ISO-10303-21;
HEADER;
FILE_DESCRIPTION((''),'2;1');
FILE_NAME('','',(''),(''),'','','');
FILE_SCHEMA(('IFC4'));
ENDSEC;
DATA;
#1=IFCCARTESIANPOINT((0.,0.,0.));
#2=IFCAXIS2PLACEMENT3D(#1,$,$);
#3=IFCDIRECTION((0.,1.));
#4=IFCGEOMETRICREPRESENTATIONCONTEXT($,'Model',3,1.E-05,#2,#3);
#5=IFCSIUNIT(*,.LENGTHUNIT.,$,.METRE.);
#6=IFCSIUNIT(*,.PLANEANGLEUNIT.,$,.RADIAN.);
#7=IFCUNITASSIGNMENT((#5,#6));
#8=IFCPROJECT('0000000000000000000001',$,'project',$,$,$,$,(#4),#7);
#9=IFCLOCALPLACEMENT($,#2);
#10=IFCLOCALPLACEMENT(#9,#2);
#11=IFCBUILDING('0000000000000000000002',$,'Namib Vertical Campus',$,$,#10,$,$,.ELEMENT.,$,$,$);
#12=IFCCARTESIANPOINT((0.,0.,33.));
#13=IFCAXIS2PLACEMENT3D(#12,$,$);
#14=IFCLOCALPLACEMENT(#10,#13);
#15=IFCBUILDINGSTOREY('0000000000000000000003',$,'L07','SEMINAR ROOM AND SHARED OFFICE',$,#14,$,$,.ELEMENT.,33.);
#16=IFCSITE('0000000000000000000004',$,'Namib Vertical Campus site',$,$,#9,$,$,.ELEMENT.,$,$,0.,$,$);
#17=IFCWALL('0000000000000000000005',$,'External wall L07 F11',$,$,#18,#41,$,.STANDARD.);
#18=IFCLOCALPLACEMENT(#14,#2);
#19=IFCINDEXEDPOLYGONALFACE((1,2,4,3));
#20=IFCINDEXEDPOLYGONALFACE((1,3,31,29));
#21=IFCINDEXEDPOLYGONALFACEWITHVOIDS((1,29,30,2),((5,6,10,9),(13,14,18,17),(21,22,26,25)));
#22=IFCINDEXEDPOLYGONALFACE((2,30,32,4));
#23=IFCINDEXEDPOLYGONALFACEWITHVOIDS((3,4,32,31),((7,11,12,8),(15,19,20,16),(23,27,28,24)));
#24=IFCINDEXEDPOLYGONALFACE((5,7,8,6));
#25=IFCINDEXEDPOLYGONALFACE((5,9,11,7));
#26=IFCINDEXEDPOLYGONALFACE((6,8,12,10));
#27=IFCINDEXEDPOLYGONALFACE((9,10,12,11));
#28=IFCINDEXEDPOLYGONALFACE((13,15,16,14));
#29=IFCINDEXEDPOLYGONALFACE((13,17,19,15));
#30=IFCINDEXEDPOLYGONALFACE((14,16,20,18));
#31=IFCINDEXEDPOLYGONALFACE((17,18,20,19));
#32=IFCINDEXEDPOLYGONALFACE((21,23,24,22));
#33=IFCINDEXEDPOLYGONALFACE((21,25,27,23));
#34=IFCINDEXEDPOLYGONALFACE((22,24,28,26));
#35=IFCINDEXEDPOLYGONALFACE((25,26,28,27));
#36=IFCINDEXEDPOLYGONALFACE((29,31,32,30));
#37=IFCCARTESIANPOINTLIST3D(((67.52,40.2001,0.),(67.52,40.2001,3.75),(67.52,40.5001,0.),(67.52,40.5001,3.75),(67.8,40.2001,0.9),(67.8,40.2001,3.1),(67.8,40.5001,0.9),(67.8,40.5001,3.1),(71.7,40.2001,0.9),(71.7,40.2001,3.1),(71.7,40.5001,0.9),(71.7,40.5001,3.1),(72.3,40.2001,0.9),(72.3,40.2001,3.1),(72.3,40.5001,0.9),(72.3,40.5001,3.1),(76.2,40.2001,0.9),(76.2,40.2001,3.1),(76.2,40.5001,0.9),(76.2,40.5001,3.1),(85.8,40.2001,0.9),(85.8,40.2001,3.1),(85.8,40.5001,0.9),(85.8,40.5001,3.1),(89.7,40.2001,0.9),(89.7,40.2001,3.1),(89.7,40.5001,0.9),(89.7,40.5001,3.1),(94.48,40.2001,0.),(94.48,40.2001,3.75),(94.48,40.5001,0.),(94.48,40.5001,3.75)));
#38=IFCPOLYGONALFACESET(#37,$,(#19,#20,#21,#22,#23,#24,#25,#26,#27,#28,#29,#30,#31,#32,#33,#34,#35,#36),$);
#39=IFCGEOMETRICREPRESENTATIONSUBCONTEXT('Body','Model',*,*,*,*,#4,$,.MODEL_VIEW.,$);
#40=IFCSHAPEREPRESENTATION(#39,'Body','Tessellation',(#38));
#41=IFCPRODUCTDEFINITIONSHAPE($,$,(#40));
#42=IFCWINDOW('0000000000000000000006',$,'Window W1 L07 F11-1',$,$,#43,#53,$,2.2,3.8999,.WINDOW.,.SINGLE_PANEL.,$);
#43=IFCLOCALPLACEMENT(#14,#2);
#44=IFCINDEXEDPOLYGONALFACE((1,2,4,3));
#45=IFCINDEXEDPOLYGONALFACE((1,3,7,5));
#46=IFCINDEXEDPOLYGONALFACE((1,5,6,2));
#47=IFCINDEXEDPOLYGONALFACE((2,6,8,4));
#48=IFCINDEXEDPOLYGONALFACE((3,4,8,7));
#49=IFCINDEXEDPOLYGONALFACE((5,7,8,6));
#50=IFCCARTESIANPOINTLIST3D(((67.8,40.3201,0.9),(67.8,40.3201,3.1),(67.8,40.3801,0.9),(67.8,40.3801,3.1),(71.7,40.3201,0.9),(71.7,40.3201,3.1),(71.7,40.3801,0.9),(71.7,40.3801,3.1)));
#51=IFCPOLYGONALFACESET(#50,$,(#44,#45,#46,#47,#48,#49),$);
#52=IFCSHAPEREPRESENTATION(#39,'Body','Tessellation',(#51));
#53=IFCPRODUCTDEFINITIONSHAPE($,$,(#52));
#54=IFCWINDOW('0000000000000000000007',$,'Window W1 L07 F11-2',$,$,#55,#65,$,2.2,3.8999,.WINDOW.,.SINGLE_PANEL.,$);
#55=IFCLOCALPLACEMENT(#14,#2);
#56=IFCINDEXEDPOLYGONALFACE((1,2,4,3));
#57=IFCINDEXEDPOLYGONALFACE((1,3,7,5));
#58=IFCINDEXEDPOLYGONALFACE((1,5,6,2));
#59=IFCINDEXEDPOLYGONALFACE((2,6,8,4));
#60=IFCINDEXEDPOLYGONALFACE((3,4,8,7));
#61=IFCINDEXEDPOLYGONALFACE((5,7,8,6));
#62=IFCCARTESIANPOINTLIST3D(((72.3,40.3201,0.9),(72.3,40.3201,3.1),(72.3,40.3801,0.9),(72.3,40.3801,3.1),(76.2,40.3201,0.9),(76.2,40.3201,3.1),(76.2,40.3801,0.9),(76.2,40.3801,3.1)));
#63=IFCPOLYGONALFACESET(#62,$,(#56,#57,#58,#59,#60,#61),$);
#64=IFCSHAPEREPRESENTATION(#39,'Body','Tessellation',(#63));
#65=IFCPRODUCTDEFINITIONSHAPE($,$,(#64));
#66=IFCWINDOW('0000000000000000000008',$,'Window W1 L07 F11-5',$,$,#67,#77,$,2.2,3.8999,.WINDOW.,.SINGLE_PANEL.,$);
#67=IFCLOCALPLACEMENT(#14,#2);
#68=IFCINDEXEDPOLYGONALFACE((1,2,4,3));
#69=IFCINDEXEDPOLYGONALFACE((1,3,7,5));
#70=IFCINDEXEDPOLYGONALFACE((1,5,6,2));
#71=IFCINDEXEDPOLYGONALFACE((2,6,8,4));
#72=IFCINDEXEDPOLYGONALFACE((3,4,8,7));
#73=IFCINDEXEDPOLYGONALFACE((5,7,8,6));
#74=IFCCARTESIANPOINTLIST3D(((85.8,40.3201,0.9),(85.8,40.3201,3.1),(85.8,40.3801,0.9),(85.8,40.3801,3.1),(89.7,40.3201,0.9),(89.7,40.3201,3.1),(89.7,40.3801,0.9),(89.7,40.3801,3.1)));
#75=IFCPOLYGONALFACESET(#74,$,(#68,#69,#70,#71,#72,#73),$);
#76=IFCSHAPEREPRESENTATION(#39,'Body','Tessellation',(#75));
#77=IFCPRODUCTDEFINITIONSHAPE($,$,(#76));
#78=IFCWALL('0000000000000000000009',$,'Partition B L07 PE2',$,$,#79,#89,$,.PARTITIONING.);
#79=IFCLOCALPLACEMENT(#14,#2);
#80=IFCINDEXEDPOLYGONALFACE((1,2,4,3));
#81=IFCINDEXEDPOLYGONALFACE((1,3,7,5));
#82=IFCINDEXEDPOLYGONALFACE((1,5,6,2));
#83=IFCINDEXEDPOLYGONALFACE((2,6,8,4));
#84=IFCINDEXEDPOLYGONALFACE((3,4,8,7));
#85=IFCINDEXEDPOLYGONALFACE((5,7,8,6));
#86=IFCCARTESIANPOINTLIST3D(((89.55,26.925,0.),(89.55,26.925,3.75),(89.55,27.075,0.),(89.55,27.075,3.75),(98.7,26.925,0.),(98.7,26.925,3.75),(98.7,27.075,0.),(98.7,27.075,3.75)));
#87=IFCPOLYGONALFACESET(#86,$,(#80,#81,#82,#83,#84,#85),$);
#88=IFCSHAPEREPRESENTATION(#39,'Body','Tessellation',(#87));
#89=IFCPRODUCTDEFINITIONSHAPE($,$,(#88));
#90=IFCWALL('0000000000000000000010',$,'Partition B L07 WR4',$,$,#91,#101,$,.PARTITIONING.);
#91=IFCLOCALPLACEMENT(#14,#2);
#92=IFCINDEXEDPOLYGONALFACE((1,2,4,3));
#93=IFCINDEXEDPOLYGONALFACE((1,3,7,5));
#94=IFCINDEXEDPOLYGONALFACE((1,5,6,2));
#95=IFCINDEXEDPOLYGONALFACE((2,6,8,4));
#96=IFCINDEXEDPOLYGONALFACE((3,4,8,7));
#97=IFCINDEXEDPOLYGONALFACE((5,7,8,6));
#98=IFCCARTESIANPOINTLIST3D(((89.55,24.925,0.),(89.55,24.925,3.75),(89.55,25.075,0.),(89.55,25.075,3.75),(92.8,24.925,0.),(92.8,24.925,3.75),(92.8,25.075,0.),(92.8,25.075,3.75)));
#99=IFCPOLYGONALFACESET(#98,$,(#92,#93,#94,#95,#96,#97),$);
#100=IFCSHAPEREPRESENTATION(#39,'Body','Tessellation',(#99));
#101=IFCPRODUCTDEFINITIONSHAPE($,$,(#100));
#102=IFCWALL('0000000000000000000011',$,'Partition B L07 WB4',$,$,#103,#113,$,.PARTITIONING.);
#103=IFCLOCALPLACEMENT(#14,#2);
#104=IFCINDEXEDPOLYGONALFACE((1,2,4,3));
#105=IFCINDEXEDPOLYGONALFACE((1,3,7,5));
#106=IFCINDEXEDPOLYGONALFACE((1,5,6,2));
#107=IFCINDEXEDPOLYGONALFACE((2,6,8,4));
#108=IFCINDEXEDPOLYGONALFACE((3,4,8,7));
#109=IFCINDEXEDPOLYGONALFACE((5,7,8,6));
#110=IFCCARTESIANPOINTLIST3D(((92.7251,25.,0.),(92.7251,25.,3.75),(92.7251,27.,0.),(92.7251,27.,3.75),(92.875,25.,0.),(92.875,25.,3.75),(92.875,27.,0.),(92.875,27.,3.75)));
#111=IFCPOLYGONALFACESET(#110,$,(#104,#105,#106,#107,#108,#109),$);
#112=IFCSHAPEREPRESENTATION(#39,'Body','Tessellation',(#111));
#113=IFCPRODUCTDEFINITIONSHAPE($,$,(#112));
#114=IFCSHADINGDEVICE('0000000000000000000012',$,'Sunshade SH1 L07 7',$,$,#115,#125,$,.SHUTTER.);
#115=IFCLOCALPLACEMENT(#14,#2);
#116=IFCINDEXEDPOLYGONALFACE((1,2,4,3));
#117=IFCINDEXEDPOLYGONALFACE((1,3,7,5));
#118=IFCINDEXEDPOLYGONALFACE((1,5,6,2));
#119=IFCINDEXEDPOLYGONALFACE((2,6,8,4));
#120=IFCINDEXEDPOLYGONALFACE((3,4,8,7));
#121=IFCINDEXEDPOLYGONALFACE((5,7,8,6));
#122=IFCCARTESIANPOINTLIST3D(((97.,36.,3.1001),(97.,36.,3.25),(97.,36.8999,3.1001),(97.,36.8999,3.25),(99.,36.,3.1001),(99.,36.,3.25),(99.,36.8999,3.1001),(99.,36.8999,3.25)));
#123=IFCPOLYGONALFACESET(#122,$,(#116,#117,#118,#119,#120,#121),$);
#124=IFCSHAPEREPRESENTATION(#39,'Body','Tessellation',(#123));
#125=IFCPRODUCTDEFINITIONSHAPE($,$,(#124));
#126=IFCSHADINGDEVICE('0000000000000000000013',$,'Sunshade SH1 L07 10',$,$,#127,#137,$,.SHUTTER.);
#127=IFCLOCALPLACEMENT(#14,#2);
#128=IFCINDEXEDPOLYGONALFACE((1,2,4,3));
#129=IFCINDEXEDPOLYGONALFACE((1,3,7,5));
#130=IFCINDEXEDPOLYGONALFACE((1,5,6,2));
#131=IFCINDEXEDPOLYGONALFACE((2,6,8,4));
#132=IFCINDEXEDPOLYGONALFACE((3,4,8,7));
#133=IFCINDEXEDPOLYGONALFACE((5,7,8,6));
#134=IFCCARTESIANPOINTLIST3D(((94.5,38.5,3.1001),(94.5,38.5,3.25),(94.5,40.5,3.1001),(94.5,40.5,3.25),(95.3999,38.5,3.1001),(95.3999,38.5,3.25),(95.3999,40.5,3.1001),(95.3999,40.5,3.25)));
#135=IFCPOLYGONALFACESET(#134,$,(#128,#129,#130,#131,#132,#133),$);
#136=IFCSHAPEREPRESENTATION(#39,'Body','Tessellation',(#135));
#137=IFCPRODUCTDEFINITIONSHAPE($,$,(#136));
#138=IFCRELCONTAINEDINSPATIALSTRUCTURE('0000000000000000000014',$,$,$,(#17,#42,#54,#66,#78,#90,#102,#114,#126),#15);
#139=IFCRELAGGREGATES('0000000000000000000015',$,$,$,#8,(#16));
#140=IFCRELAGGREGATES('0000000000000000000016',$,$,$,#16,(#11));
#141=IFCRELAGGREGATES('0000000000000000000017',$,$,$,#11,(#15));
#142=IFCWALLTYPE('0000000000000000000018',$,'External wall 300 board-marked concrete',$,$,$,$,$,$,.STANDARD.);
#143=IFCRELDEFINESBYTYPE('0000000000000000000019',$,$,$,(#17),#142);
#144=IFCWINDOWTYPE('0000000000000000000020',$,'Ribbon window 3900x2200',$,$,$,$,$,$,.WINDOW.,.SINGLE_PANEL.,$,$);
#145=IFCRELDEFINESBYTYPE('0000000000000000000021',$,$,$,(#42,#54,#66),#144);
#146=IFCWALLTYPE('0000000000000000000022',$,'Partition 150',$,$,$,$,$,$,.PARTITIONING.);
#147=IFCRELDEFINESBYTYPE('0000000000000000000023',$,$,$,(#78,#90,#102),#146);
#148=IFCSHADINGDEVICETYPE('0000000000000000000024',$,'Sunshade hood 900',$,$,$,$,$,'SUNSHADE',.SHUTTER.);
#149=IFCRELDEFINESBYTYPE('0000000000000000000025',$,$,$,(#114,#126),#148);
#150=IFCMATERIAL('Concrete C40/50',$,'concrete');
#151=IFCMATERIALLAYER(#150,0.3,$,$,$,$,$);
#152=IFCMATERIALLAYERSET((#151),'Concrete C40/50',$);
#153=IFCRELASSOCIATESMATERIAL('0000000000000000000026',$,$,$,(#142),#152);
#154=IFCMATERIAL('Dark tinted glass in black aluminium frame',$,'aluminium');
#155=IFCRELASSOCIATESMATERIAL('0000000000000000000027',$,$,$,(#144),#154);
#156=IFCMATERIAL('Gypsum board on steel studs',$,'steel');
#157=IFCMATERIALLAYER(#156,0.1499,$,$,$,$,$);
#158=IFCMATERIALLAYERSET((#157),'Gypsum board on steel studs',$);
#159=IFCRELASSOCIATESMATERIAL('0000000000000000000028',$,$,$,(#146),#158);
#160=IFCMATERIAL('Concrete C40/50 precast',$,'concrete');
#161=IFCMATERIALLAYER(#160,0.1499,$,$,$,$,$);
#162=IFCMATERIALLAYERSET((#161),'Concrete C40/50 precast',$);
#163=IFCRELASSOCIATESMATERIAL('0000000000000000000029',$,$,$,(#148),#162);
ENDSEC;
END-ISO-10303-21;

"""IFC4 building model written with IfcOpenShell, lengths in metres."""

from ifc_helpers import new_model, si_unit, direction, frame, frame_2d, origin, origin_2d, place, context, subcontext, project, spatial, rectangle, extrude, material, layer, layer_set, type_object, element, fill, save


model = new_model("IFC4")

# Units and contexts
model_context = context("Model", 3, precision=1e-05, world=origin(), true_north=direction((0.0, 1.0)))
body_context = subcontext(model_context, "Body", "Model", "MODEL_VIEW")
ifc_project = project(units=[si_unit("LENGTHUNIT", "METRE"), si_unit("PLANEANGLEUNIT", "RADIAN")], contexts=[model_context])

# Site, building, storey
site_placement = place(None, origin())
site = spatial("IfcSite", under=ifc_project, at=site_placement, Name="Namib Vertical Campus site", CompositionType="ELEMENT", RefElevation=0.0)
building_placement = place(site_placement, origin())
building = spatial("IfcBuilding", under=site, at=building_placement, Name="Namib Vertical Campus", CompositionType="ELEMENT")
storey_placement = place(building_placement, frame((0.0, 0.0, 33.0)))
storey = spatial("IfcBuildingStorey", under=building, at=storey_placement, Name="L07", Description="SEMINAR ROOM AND SHARED OFFICE", CompositionType="ELEMENT", Elevation=33.0)

# Shared definitions
ifc_material_1 = material(Name="Concrete C40/50", Category="concrete")
ifc_layer_1 = layer(ifc_material_1, 0.3)
ifc_layer_set_1 = layer_set([ifc_layer_1], Name="Concrete C40/50")
wall_type_1 = type_object("IfcWallType", Name="External wall 300 board-marked concrete", PredefinedType="STANDARD", material=ifc_layer_set_1)

# Wall, openings, windows
wall_1_placement = place(storey_placement, frame((94.48, 40.3501, 0.0), z_axis=(0.0, 0.0, 1.0), x_axis=(-1.0, 0.0, 0.0)))
wall_1 = element("IfcWall", 1, at=wall_1_placement, inside=storey, type_object=wall_type_1, Name="External wall L07 F11", PredefinedType="STANDARD", context=body_context, shape_type="SweptSolid", body=[
    extrude(rectangle(XDim=26.96, YDim=0.3, at=frame_2d((13.48, 0.0))), origin(), (0.0, 0.0, 1.0), 3.75),
])
opening_1_placement = place(wall_1_placement, frame((22.78, 0.0, 0.8999)))
opening_1 = element("IfcOpeningElement", 2, at=opening_1_placement, cuts=wall_1, PredefinedType="OPENING", context=body_context, shape_type="SweptSolid", body=[
    extrude(rectangle(XDim=3.8999, YDim=2.2, at=frame_2d((1.95, 1.1001))), frame((0.0, 0.1599, 0.0), z_axis=(0.0, -1.0, 0.0), x_axis=(1.0, 0.0, 0.0)), (0.0, 0.0, 1.0), 0.3201),
])
opening_2_placement = place(wall_1_placement, frame((18.28, 0.0, 0.8999)))
opening_2 = element("IfcOpeningElement", 3, at=opening_2_placement, cuts=wall_1, PredefinedType="OPENING", context=body_context, shape_type="SweptSolid", body=[
    extrude(rectangle(XDim=3.8999, YDim=2.2, at=frame_2d((1.95, 1.1001))), frame((0.0, 0.1599, 0.0), z_axis=(0.0, -1.0, 0.0), x_axis=(1.0, 0.0, 0.0)), (0.0, 0.0, 1.0), 0.3201),
])
opening_3_placement = place(wall_1_placement, frame((4.78, 0.0, 0.8999)))
opening_3 = element("IfcOpeningElement", 4, at=opening_3_placement, cuts=wall_1, PredefinedType="OPENING", context=body_context, shape_type="SweptSolid", body=[
    extrude(rectangle(XDim=3.8999, YDim=2.2, at=frame_2d((1.95, 1.1001))), frame((0.0, 0.1599, 0.0), z_axis=(0.0, -1.0, 0.0), x_axis=(1.0, 0.0, 0.0)), (0.0, 0.0, 1.0), 0.3201),
])
ifc_material_2 = material(Name="Dark tinted glass in black aluminium frame", Category="aluminium")
window_type = type_object("IfcWindowType", Name="Ribbon window 3900x2200", PartitioningType="SINGLE_PANEL", PredefinedType="WINDOW", material=ifc_material_2)
window_1_placement = place(opening_1_placement, origin())
window_1 = element("IfcWindow", 5, at=window_1_placement, inside=storey, type_object=window_type, Name="Window W1 L07 F11-1", OverallHeight=2.2, OverallWidth=3.8999, PartitioningType="SINGLE_PANEL", PredefinedType="WINDOW", context=body_context, shape_type="SweptSolid", body=[
    extrude(rectangle(XDim=3.8999, YDim=2.2, at=frame_2d((1.95, 1.1001))), frame((0.0, 0.03, 0.0), z_axis=(0.0, -1.0, 0.0), x_axis=(1.0, 0.0, 0.0)), (0.0, 0.0, 1.0), 0.0601),
])
fill(opening_1, window_1)
window_2_placement = place(opening_2_placement, origin())
window_2 = element("IfcWindow", 6, at=window_2_placement, inside=storey, type_object=window_type, Name="Window W1 L07 F11-2", OverallHeight=2.2, OverallWidth=3.8999, PartitioningType="SINGLE_PANEL", PredefinedType="WINDOW", context=body_context, shape_type="SweptSolid", body=[
    extrude(rectangle(XDim=3.8999, YDim=2.2, at=frame_2d((1.95, 1.1001))), frame((0.0, 0.03, 0.0), z_axis=(0.0, -1.0, 0.0), x_axis=(1.0, 0.0, 0.0)), (0.0, 0.0, 1.0), 0.0601),
])
fill(opening_2, window_2)
window_3_placement = place(opening_3_placement, origin())
window_3 = element("IfcWindow", 7, at=window_3_placement, inside=storey, type_object=window_type, Name="Window W1 L07 F11-5", OverallHeight=2.2, OverallWidth=3.8999, PartitioningType="SINGLE_PANEL", PredefinedType="WINDOW", context=body_context, shape_type="SweptSolid", body=[
    extrude(rectangle(XDim=3.8999, YDim=2.2, at=frame_2d((1.95, 1.1001))), frame((0.0, 0.03, 0.0), z_axis=(0.0, -1.0, 0.0), x_axis=(1.0, 0.0, 0.0)), (0.0, 0.0, 1.0), 0.0601),
])
fill(opening_3, window_3)

# Walls
ifc_material_3 = material(Name="Gypsum board on steel studs", Category="steel")
ifc_layer_2 = layer(ifc_material_3, 0.1499)
ifc_layer_set_2 = layer_set([ifc_layer_2], Name="Gypsum board on steel studs")
wall_type_2 = type_object("IfcWallType", Name="Partition 150", PredefinedType="PARTITIONING", material=ifc_layer_set_2)
wall_2_placement = place(storey_placement, frame((89.55, 27.0, 0.0), z_axis=(0.0, 0.0, 1.0), x_axis=(1.0, 0.0, 0.0)))
element("IfcWall", 8, at=wall_2_placement, inside=storey, type_object=wall_type_2, Name="Partition B L07 PE2", PredefinedType="PARTITIONING", context=body_context, shape_type="SweptSolid", body=[
    extrude(rectangle(XDim=9.1499, YDim=0.1499, at=frame_2d((4.575, 0.0))), origin(), (0.0, 0.0, 1.0), 3.75),
])
wall_3_placement = place(storey_placement, frame((89.55, 25.0, 0.0), z_axis=(0.0, 0.0, 1.0), x_axis=(1.0, 0.0, 0.0)))
element("IfcWall", 9, at=wall_3_placement, inside=storey, type_object=wall_type_2, Name="Partition B L07 WR4", PredefinedType="PARTITIONING", context=body_context, shape_type="SweptSolid", body=[
    extrude(rectangle(XDim=3.25, YDim=0.1499, at=frame_2d((1.625, 0.0))), origin(), (0.0, 0.0, 1.0), 3.75),
])
wall_4_placement = place(storey_placement, frame((92.8, 25.0, 0.0), z_axis=(0.0, 0.0, 1.0), x_axis=(0.0, 1.0, 0.0)))
element("IfcWall", 10, at=wall_4_placement, inside=storey, type_object=wall_type_2, Name="Partition B L07 WB4", PredefinedType="PARTITIONING", context=body_context, shape_type="SweptSolid", body=[
    extrude(rectangle(XDim=2.0, YDim=0.1499, at=frame_2d((1.0, 0.0))), origin(), (0.0, 0.0, 1.0), 3.75),
])

# Shading devices
ifc_material_4 = material(Name="Concrete C40/50 precast", Category="concrete")
ifc_layer_3 = layer(ifc_material_4, 0.1499)
ifc_layer_set_3 = layer_set([ifc_layer_3], Name="Concrete C40/50 precast")
shading_device_type = type_object("IfcShadingDeviceType", Name="Sunshade hood 900", ElementType="SUNSHADE", PredefinedType="SHUTTER", material=ifc_layer_set_3)
for number, where, z_axis, x_axis, name in (
    (11, (98.0, 36.45, 3.1001), (0.0, 0.0, 1.0), (-1.0, 0.0, 0.0), "Sunshade SH1 L07 7"),
    (12, (94.95, 39.5, 3.1001), (0.0, 0.0, 1.0), (0.0, 1.0, 0.0), "Sunshade SH1 L07 10"),
):
    element("IfcShadingDevice", number, at=place(storey_placement, frame(where, z_axis=z_axis, x_axis=x_axis)), inside=storey, type_object=shading_device_type, Name=name, PredefinedType="SHUTTER", context=body_context, shape_type="SweptSolid", body=[
        extrude(rectangle(XDim=2.0, YDim=0.8999, at=origin_2d()), origin(), (0.0, 0.0, 1.0), 0.1499),
    ])

save(model, "model.ifc")
